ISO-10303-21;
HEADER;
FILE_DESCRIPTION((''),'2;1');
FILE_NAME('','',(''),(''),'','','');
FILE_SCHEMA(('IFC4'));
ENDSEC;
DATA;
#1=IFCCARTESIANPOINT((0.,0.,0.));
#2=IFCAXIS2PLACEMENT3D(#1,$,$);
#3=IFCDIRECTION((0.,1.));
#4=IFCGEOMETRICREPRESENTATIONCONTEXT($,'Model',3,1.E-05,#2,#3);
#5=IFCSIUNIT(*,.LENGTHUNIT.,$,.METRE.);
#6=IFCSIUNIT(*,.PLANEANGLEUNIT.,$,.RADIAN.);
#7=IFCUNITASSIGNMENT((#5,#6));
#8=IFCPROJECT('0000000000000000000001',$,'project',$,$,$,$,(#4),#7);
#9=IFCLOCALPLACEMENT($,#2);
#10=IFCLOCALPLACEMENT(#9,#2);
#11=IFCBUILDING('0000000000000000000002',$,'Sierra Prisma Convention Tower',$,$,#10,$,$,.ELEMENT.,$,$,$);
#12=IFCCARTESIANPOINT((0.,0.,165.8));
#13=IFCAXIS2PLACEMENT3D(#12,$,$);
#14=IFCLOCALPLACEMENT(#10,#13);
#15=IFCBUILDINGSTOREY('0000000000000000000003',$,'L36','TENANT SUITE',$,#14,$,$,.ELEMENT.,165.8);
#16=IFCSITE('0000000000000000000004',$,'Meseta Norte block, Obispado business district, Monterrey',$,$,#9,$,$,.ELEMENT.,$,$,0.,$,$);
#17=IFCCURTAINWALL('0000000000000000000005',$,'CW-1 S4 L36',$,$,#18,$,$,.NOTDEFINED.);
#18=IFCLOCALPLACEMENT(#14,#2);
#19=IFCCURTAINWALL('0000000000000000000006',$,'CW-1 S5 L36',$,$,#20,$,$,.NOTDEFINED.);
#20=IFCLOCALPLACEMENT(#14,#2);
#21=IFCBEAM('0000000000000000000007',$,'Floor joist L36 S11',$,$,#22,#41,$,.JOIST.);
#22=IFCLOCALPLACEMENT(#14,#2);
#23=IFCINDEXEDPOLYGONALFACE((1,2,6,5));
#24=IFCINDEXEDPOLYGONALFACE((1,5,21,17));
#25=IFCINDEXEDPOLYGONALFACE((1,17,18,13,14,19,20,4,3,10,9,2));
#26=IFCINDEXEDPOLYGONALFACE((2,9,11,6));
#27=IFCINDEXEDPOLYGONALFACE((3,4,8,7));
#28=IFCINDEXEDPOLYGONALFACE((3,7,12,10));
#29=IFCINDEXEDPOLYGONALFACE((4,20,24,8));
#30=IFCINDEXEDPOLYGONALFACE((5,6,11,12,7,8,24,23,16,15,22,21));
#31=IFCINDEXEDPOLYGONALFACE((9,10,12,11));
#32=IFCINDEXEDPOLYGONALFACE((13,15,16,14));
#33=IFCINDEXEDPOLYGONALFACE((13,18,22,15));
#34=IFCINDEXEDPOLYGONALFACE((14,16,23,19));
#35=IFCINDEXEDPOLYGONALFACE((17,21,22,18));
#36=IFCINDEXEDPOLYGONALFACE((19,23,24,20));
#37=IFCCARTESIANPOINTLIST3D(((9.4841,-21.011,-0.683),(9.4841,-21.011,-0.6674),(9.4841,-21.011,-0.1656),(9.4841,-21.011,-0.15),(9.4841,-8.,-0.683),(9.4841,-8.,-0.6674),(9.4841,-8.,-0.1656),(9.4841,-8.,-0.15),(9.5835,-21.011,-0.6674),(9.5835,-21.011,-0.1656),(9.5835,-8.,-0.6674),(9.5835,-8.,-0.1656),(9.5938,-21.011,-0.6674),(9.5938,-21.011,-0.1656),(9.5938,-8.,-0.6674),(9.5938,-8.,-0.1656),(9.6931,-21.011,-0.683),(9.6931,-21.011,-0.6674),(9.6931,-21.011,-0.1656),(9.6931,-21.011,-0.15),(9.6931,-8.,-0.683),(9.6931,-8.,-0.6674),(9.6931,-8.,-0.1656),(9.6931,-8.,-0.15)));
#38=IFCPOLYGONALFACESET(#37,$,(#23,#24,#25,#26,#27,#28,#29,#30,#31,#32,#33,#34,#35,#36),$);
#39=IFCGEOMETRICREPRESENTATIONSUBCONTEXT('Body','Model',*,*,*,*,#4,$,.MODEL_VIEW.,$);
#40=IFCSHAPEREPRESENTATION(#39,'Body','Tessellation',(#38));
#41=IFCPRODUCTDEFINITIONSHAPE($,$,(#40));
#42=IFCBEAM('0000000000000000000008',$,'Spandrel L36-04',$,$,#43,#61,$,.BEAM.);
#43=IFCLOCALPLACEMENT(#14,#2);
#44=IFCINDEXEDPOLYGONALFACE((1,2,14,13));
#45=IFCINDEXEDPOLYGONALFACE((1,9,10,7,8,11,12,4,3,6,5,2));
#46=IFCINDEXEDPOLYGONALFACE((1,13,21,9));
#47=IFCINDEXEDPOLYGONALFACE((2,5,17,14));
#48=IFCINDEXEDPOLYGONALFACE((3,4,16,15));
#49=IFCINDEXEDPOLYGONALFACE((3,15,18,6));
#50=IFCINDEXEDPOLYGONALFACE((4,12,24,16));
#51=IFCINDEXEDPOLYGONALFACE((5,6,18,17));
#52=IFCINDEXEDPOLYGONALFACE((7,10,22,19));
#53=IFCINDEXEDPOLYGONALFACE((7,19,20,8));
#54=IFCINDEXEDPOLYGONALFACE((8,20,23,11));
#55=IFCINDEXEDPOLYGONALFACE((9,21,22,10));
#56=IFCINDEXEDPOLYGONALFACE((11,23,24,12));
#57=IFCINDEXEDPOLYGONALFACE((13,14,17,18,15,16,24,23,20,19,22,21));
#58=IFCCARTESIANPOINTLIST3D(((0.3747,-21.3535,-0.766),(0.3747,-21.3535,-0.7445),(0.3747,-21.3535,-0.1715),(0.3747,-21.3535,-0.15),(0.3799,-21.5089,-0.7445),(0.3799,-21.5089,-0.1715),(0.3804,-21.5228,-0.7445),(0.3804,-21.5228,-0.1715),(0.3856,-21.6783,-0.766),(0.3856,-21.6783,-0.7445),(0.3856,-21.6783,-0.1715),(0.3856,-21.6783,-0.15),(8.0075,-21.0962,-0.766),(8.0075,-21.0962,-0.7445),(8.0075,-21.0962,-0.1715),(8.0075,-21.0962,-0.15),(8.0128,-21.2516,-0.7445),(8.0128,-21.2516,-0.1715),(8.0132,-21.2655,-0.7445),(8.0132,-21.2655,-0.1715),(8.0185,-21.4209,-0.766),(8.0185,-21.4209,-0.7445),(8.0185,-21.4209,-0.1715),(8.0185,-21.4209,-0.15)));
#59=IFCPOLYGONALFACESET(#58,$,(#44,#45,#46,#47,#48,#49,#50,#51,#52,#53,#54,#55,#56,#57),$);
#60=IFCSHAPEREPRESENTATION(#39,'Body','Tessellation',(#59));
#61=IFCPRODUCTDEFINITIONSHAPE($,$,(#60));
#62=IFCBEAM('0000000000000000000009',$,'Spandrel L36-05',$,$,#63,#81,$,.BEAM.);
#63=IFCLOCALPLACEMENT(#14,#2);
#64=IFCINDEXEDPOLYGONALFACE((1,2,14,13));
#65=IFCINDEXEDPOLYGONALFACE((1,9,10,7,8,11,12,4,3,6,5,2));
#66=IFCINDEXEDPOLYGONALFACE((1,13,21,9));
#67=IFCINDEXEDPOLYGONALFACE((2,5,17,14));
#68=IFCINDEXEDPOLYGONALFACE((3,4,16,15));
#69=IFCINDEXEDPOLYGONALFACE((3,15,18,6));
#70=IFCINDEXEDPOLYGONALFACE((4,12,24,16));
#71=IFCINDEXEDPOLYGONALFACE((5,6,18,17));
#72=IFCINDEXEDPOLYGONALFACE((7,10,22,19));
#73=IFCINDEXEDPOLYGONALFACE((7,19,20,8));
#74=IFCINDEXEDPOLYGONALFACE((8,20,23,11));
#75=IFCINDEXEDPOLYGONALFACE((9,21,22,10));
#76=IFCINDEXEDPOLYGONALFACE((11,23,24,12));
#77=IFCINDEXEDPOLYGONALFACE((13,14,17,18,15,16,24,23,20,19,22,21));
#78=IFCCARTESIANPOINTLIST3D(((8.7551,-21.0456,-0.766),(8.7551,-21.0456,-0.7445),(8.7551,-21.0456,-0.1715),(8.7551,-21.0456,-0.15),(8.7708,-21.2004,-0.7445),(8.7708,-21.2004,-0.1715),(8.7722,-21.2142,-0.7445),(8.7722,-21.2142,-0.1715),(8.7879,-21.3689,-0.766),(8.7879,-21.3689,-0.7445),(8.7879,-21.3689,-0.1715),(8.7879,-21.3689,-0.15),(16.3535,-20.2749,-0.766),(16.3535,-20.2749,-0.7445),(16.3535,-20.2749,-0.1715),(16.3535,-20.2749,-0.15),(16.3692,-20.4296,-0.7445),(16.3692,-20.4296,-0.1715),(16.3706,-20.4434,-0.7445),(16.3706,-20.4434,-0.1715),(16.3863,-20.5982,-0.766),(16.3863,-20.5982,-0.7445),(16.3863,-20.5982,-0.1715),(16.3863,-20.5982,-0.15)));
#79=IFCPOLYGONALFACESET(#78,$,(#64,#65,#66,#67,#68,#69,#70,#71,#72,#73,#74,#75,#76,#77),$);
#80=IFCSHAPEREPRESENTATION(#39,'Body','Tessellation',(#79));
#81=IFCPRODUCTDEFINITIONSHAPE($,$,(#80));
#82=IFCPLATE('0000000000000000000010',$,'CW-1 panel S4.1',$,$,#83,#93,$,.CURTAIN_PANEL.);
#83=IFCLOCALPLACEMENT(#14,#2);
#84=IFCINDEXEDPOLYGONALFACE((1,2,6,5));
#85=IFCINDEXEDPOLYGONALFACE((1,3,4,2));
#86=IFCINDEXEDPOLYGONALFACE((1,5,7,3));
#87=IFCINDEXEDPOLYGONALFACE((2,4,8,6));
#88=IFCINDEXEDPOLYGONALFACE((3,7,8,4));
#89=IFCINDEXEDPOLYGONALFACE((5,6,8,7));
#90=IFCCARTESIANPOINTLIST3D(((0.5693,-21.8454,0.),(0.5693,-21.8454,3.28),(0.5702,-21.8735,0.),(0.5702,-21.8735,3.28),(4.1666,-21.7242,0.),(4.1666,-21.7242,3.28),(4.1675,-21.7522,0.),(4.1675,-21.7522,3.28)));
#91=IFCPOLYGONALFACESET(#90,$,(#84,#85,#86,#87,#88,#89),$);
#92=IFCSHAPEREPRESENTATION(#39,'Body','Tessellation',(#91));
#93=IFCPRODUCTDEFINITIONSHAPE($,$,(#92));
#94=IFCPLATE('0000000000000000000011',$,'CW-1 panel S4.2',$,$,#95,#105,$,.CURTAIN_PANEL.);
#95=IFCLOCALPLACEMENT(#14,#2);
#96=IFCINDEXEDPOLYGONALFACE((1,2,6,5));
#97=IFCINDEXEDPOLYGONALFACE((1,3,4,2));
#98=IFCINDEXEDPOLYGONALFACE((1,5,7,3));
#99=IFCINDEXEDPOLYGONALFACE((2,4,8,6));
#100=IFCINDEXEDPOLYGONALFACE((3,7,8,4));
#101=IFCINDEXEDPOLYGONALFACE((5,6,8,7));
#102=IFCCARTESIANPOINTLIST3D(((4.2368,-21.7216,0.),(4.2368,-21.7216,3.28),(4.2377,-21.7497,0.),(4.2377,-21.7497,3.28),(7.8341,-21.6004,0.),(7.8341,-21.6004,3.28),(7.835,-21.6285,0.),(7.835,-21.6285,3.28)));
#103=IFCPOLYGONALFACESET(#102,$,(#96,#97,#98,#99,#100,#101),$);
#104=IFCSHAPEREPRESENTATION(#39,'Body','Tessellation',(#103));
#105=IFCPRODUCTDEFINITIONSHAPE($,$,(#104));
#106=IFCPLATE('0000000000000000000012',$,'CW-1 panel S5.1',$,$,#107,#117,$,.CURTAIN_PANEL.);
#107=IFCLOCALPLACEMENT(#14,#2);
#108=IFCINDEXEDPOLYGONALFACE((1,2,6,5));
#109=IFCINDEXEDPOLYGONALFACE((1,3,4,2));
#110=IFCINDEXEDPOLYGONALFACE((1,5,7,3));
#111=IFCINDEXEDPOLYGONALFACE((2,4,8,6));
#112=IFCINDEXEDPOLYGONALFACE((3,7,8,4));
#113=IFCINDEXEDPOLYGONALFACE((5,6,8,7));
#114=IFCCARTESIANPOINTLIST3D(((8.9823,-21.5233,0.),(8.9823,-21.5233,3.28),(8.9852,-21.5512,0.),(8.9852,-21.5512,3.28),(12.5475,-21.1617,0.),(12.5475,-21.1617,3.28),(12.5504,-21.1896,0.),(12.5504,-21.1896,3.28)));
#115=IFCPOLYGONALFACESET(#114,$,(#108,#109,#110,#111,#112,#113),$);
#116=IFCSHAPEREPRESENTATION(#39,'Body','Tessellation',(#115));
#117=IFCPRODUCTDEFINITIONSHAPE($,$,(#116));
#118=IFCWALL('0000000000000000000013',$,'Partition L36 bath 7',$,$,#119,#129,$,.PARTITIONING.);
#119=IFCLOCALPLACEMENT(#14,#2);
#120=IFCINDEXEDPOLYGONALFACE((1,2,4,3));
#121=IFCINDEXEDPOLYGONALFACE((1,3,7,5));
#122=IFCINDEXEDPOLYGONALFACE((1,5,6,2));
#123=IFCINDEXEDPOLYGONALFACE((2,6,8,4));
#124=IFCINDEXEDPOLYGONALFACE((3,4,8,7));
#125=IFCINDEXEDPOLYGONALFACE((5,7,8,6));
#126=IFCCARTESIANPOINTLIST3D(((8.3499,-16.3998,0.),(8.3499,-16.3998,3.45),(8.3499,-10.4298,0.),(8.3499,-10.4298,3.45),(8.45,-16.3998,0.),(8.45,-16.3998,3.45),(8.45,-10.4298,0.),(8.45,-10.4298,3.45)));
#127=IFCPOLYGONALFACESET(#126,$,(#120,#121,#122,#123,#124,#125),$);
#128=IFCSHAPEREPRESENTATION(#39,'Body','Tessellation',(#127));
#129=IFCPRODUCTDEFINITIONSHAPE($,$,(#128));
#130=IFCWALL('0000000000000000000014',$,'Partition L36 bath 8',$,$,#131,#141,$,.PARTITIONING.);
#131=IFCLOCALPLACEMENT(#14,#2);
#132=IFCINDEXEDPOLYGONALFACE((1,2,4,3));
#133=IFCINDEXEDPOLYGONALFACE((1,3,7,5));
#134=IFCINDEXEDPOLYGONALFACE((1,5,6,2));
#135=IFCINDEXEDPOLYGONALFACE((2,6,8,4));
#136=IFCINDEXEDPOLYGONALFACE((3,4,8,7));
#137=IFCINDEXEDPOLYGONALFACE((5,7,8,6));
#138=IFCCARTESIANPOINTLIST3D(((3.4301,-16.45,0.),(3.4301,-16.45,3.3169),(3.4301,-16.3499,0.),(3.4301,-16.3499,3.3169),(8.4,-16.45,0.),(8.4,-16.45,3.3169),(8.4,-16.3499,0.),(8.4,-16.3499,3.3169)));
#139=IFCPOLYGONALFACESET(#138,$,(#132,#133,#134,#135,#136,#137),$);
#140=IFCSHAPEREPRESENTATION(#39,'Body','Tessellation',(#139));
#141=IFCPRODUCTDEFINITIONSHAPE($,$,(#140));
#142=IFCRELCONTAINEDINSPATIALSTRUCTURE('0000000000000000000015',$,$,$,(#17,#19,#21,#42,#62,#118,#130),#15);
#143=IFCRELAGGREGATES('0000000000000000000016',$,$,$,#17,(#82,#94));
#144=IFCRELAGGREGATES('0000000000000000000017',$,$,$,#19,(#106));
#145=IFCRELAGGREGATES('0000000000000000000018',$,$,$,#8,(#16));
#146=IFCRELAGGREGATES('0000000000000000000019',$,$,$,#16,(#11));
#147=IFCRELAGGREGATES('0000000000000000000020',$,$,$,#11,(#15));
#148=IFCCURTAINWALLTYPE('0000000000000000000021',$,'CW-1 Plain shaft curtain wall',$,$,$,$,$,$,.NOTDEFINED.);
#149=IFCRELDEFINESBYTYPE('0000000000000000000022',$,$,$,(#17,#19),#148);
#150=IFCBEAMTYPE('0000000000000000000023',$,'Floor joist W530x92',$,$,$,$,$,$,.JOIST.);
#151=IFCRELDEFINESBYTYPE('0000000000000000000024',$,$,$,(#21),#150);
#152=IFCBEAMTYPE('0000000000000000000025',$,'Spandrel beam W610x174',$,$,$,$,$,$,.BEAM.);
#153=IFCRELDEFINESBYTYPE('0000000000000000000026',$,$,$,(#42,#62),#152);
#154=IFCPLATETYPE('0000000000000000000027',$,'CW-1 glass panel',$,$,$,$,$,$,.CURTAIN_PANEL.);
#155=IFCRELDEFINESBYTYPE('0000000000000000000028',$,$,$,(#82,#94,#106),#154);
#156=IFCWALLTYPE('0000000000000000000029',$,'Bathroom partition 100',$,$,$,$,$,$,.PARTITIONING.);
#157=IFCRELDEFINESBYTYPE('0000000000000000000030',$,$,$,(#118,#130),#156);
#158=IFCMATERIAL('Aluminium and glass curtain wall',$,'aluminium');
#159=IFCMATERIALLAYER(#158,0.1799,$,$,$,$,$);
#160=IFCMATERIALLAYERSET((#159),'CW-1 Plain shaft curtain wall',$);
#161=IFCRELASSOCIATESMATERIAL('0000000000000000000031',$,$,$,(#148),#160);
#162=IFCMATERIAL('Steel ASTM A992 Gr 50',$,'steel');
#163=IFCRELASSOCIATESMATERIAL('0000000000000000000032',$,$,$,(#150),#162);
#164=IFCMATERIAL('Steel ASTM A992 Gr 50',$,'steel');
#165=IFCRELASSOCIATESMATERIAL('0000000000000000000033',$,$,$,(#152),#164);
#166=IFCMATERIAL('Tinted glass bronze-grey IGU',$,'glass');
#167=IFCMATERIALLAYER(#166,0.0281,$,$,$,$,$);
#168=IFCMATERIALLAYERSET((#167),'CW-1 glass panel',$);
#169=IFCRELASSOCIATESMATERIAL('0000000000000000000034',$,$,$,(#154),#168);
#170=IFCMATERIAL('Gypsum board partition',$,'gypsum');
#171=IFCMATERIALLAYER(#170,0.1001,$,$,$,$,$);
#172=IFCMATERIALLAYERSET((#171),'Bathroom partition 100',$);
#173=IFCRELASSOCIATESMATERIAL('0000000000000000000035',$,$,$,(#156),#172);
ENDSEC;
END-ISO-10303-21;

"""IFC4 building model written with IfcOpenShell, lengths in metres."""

from ifc_helpers import new_model, si_unit, direction, frame, frame_2d, origin, origin_2d, place, context, subcontext, project, spatial, rectangle, i_section, extrude, material, layer, layer_set, material_profile, profile_set, type_object, element, aggregate, save


model = new_model("IFC4")

# Units and contexts
model_context = context("Model", 3, precision=1e-05, world=origin(), true_north=direction((0.0, 1.0)))
body_context = subcontext(model_context, "Body", "Model", "MODEL_VIEW")
ifc_project = project(units=[si_unit("LENGTHUNIT", "METRE"), si_unit("PLANEANGLEUNIT", "RADIAN")], contexts=[model_context])

# Site, building, storey
site_placement = place(None, origin())
site = spatial("IfcSite", under=ifc_project, at=site_placement, Name="Meseta Norte block, Obispado business district, Monterrey", CompositionType="ELEMENT", RefElevation=0.0)
building_placement = place(site_placement, origin())
building = spatial("IfcBuilding", under=site, at=building_placement, Name="Sierra Prisma Convention Tower", CompositionType="ELEMENT")
storey_placement = place(building_placement, frame((0.0, 0.0, 165.8)))
storey = spatial("IfcBuildingStorey", under=building, at=storey_placement, Name="L36", Description="TENANT SUITE", CompositionType="ELEMENT", Elevation=165.8)

# Curtain wall
ifc_material_1 = material(Name="Aluminium and glass curtain wall", Category="aluminium")
ifc_layer_1 = layer(ifc_material_1, 0.1799)
ifc_layer_set_1 = layer_set([ifc_layer_1], Name="CW-1 Plain shaft curtain wall")
curtain_wall_type = type_object("IfcCurtainWallType", Name="CW-1 Plain shaft curtain wall", PredefinedType="NOTDEFINED", material=ifc_layer_set_1)
curtain_wall_1_placement = place(storey_placement, origin())
curtain_wall_1 = element("IfcCurtainWall", 1, at=curtain_wall_1_placement, inside=storey, type_object=curtain_wall_type, Name="CW-1 S4 L36", PredefinedType="NOTDEFINED")

# Curtain wall
curtain_wall_2_placement = place(storey_placement, origin())
curtain_wall_2 = element("IfcCurtainWall", 2, at=curtain_wall_2_placement, inside=storey, type_object=curtain_wall_type, Name="CW-1 S5 L36", PredefinedType="NOTDEFINED")

# Beams
ifc_material_2 = material(Name="Steel ASTM A992 Gr 50", Category="steel")
ifc_material_profile_1 = material_profile(ifc_material_2, i_section(OverallWidth=0.209, OverallDepth=0.533, WebThickness=0.0103, FlangeThickness=0.0156, at=origin_2d()), Name="W530x92")
ifc_profile_set_1 = profile_set([ifc_material_profile_1], Name="Steel ASTM A992 Gr 50")
beam_type_1 = type_object("IfcBeamType", Name="Floor joist W530x92", PredefinedType="JOIST", material=ifc_profile_set_1)
beam_1_placement = place(storey_placement, frame((9.5886, -21.011, -0.4165), z_axis=(0.0, 1.0, 0.0), x_axis=(-1.0, 0.0, 0.0)))
element("IfcBeam", 3, at=beam_1_placement, inside=storey, type_object=beam_type_1, Name="Floor joist L36 S11", PredefinedType="JOIST", context=body_context, shape_type="SweptSolid", body=[
    extrude(i_section(OverallWidth=0.209, OverallDepth=0.533, WebThickness=0.0103, FlangeThickness=0.0156, at=origin_2d()), origin(), (0.0, 0.0, 1.0), 13.011),
])
ifc_material_3 = material(Name="Steel ASTM A992 Gr 50", Category="steel")
ifc_material_profile_2 = material_profile(ifc_material_3, i_section(OverallWidth=0.325, OverallDepth=0.616, WebThickness=0.0139, FlangeThickness=0.0215, at=origin_2d()), Name="W610x174")
ifc_profile_set_2 = profile_set([ifc_material_profile_2], Name="Steel ASTM A992 Gr 50")
beam_type_2 = type_object("IfcBeamType", Name="Spandrel beam W610x174", PredefinedType="BEAM", material=ifc_profile_set_2)
beam_2_placement = place(storey_placement, frame((0.3801, -21.5159, -0.458), z_axis=(0.999432, 0.033694, 0.0), x_axis=(-0.033694, 0.999432, 0.0)))
element("IfcBeam", 4, at=beam_2_placement, inside=storey, type_object=beam_type_2, Name="Spandrel L36-04", PredefinedType="BEAM", context=body_context, shape_type="SweptSolid", body=[
    extrude(i_section(OverallWidth=0.325, OverallDepth=0.616, WebThickness=0.0139, FlangeThickness=0.0215, at=origin_2d()), origin(), (0.0, 0.0, 1.0), 7.6372),
])
beam_3_placement = place(storey_placement, frame((8.7715, -21.2073, -0.458), z_axis=(0.994895, 0.100918, 0.0), x_axis=(-0.100918, 0.994895, 0.0)))
element("IfcBeam", 5, at=beam_3_placement, inside=storey, type_object=beam_type_2, Name="Spandrel L36-05", PredefinedType="BEAM", context=body_context, shape_type="SweptSolid", body=[
    extrude(i_section(OverallWidth=0.325, OverallDepth=0.616, WebThickness=0.0139, FlangeThickness=0.0215, at=origin_2d()), origin(), (0.0, 0.0, 1.0), 7.6375),
])

# Plates
ifc_material_4 = material(Name="Tinted glass bronze-grey IGU", Category="glass")
ifc_layer_2 = layer(ifc_material_4, 0.0281)
ifc_layer_set_2 = layer_set([ifc_layer_2], Name="CW-1 glass panel")
plate_type = type_object("IfcPlateType", Name="CW-1 glass panel", PredefinedType="CURTAIN_PANEL", material=ifc_layer_set_2)
plate_1_placement = place(storey_placement, frame((2.3684, -21.7988, 0.0), z_axis=(0.0, 0.0, 1.0), x_axis=(0.999432, 0.033688, 0.0)))
plate_1 = element("IfcPlate", 6, at=plate_1_placement, type_object=plate_type, Name="CW-1 panel S4.1", PredefinedType="CURTAIN_PANEL", context=body_context, shape_type="SweptSolid", body=[
    extrude(rectangle(XDim=3.5994, YDim=0.0281, at=origin_2d()), origin(), (0.0, 0.0, 1.0), 3.28),
])
plate_2_placement = place(storey_placement, frame((6.0359, -21.675, 0.0), z_axis=(0.0, 0.0, 1.0), x_axis=(0.999432, 0.033688, 0.0)))
plate_2 = element("IfcPlate", 7, at=plate_2_placement, type_object=plate_type, Name="CW-1 panel S4.2", PredefinedType="CURTAIN_PANEL", context=body_context, shape_type="SweptSolid", body=[
    extrude(rectangle(XDim=3.5994, YDim=0.0281, at=origin_2d()), origin(), (0.0, 0.0, 1.0), 3.28),
])
aggregate(curtain_wall_1, [plate_1, plate_2])
plate_3_placement = place(storey_placement, frame((10.7664, -21.3564, 0.0), z_axis=(0.0, 0.0, 1.0), x_axis=(0.994895, 0.100911, 0.0)))
plate_3 = element("IfcPlate", 8, at=plate_3_placement, type_object=plate_type, Name="CW-1 panel S5.1", PredefinedType="CURTAIN_PANEL", context=body_context, shape_type="SweptSolid", body=[
    extrude(rectangle(XDim=3.5835, YDim=0.0281, at=origin_2d()), origin(), (0.0, 0.0, 1.0), 3.28),
])
aggregate(curtain_wall_2, [plate_3])

# Walls
ifc_material_5 = material(Name="Gypsum board partition", Category="gypsum")
ifc_layer_3 = layer(ifc_material_5, 0.1001)
ifc_layer_set_3 = layer_set([ifc_layer_3], Name="Bathroom partition 100")
wall_type_1 = type_object("IfcWallType", Name="Bathroom partition 100", PredefinedType="PARTITIONING", material=ifc_layer_set_3)
wall_1_placement = place(storey_placement, frame((8.3999, -10.4299, 0.0), z_axis=(0.0, 0.0, 1.0), x_axis=(0.0, -1.0, 0.0)))
element("IfcWall", 9, at=wall_1_placement, inside=storey, type_object=wall_type_1, Name="Partition L36 bath 7", PredefinedType="PARTITIONING", context=body_context, shape_type="SweptSolid", body=[
    extrude(rectangle(XDim=5.97, YDim=0.1001, at=frame_2d((2.9849, 0.0))), origin(), (0.0, 0.0, 1.0), 3.45),
])
wall_2_placement = place(storey_placement, frame((8.3999, -16.3999, 0.0), z_axis=(0.0, 0.0, 1.0), x_axis=(-1.0, 0.0, 0.0)))
element("IfcWall", 10, at=wall_2_placement, inside=storey, type_object=wall_type_1, Name="Partition L36 bath 8", PredefinedType="PARTITIONING", context=body_context, shape_type="SweptSolid", body=[
    extrude(rectangle(XDim=4.97, YDim=0.1001, at=frame_2d((2.4849, 0.0))), origin(), (0.0, 0.0, 1.0), 3.3169),
])

save(model, "model.ifc")
